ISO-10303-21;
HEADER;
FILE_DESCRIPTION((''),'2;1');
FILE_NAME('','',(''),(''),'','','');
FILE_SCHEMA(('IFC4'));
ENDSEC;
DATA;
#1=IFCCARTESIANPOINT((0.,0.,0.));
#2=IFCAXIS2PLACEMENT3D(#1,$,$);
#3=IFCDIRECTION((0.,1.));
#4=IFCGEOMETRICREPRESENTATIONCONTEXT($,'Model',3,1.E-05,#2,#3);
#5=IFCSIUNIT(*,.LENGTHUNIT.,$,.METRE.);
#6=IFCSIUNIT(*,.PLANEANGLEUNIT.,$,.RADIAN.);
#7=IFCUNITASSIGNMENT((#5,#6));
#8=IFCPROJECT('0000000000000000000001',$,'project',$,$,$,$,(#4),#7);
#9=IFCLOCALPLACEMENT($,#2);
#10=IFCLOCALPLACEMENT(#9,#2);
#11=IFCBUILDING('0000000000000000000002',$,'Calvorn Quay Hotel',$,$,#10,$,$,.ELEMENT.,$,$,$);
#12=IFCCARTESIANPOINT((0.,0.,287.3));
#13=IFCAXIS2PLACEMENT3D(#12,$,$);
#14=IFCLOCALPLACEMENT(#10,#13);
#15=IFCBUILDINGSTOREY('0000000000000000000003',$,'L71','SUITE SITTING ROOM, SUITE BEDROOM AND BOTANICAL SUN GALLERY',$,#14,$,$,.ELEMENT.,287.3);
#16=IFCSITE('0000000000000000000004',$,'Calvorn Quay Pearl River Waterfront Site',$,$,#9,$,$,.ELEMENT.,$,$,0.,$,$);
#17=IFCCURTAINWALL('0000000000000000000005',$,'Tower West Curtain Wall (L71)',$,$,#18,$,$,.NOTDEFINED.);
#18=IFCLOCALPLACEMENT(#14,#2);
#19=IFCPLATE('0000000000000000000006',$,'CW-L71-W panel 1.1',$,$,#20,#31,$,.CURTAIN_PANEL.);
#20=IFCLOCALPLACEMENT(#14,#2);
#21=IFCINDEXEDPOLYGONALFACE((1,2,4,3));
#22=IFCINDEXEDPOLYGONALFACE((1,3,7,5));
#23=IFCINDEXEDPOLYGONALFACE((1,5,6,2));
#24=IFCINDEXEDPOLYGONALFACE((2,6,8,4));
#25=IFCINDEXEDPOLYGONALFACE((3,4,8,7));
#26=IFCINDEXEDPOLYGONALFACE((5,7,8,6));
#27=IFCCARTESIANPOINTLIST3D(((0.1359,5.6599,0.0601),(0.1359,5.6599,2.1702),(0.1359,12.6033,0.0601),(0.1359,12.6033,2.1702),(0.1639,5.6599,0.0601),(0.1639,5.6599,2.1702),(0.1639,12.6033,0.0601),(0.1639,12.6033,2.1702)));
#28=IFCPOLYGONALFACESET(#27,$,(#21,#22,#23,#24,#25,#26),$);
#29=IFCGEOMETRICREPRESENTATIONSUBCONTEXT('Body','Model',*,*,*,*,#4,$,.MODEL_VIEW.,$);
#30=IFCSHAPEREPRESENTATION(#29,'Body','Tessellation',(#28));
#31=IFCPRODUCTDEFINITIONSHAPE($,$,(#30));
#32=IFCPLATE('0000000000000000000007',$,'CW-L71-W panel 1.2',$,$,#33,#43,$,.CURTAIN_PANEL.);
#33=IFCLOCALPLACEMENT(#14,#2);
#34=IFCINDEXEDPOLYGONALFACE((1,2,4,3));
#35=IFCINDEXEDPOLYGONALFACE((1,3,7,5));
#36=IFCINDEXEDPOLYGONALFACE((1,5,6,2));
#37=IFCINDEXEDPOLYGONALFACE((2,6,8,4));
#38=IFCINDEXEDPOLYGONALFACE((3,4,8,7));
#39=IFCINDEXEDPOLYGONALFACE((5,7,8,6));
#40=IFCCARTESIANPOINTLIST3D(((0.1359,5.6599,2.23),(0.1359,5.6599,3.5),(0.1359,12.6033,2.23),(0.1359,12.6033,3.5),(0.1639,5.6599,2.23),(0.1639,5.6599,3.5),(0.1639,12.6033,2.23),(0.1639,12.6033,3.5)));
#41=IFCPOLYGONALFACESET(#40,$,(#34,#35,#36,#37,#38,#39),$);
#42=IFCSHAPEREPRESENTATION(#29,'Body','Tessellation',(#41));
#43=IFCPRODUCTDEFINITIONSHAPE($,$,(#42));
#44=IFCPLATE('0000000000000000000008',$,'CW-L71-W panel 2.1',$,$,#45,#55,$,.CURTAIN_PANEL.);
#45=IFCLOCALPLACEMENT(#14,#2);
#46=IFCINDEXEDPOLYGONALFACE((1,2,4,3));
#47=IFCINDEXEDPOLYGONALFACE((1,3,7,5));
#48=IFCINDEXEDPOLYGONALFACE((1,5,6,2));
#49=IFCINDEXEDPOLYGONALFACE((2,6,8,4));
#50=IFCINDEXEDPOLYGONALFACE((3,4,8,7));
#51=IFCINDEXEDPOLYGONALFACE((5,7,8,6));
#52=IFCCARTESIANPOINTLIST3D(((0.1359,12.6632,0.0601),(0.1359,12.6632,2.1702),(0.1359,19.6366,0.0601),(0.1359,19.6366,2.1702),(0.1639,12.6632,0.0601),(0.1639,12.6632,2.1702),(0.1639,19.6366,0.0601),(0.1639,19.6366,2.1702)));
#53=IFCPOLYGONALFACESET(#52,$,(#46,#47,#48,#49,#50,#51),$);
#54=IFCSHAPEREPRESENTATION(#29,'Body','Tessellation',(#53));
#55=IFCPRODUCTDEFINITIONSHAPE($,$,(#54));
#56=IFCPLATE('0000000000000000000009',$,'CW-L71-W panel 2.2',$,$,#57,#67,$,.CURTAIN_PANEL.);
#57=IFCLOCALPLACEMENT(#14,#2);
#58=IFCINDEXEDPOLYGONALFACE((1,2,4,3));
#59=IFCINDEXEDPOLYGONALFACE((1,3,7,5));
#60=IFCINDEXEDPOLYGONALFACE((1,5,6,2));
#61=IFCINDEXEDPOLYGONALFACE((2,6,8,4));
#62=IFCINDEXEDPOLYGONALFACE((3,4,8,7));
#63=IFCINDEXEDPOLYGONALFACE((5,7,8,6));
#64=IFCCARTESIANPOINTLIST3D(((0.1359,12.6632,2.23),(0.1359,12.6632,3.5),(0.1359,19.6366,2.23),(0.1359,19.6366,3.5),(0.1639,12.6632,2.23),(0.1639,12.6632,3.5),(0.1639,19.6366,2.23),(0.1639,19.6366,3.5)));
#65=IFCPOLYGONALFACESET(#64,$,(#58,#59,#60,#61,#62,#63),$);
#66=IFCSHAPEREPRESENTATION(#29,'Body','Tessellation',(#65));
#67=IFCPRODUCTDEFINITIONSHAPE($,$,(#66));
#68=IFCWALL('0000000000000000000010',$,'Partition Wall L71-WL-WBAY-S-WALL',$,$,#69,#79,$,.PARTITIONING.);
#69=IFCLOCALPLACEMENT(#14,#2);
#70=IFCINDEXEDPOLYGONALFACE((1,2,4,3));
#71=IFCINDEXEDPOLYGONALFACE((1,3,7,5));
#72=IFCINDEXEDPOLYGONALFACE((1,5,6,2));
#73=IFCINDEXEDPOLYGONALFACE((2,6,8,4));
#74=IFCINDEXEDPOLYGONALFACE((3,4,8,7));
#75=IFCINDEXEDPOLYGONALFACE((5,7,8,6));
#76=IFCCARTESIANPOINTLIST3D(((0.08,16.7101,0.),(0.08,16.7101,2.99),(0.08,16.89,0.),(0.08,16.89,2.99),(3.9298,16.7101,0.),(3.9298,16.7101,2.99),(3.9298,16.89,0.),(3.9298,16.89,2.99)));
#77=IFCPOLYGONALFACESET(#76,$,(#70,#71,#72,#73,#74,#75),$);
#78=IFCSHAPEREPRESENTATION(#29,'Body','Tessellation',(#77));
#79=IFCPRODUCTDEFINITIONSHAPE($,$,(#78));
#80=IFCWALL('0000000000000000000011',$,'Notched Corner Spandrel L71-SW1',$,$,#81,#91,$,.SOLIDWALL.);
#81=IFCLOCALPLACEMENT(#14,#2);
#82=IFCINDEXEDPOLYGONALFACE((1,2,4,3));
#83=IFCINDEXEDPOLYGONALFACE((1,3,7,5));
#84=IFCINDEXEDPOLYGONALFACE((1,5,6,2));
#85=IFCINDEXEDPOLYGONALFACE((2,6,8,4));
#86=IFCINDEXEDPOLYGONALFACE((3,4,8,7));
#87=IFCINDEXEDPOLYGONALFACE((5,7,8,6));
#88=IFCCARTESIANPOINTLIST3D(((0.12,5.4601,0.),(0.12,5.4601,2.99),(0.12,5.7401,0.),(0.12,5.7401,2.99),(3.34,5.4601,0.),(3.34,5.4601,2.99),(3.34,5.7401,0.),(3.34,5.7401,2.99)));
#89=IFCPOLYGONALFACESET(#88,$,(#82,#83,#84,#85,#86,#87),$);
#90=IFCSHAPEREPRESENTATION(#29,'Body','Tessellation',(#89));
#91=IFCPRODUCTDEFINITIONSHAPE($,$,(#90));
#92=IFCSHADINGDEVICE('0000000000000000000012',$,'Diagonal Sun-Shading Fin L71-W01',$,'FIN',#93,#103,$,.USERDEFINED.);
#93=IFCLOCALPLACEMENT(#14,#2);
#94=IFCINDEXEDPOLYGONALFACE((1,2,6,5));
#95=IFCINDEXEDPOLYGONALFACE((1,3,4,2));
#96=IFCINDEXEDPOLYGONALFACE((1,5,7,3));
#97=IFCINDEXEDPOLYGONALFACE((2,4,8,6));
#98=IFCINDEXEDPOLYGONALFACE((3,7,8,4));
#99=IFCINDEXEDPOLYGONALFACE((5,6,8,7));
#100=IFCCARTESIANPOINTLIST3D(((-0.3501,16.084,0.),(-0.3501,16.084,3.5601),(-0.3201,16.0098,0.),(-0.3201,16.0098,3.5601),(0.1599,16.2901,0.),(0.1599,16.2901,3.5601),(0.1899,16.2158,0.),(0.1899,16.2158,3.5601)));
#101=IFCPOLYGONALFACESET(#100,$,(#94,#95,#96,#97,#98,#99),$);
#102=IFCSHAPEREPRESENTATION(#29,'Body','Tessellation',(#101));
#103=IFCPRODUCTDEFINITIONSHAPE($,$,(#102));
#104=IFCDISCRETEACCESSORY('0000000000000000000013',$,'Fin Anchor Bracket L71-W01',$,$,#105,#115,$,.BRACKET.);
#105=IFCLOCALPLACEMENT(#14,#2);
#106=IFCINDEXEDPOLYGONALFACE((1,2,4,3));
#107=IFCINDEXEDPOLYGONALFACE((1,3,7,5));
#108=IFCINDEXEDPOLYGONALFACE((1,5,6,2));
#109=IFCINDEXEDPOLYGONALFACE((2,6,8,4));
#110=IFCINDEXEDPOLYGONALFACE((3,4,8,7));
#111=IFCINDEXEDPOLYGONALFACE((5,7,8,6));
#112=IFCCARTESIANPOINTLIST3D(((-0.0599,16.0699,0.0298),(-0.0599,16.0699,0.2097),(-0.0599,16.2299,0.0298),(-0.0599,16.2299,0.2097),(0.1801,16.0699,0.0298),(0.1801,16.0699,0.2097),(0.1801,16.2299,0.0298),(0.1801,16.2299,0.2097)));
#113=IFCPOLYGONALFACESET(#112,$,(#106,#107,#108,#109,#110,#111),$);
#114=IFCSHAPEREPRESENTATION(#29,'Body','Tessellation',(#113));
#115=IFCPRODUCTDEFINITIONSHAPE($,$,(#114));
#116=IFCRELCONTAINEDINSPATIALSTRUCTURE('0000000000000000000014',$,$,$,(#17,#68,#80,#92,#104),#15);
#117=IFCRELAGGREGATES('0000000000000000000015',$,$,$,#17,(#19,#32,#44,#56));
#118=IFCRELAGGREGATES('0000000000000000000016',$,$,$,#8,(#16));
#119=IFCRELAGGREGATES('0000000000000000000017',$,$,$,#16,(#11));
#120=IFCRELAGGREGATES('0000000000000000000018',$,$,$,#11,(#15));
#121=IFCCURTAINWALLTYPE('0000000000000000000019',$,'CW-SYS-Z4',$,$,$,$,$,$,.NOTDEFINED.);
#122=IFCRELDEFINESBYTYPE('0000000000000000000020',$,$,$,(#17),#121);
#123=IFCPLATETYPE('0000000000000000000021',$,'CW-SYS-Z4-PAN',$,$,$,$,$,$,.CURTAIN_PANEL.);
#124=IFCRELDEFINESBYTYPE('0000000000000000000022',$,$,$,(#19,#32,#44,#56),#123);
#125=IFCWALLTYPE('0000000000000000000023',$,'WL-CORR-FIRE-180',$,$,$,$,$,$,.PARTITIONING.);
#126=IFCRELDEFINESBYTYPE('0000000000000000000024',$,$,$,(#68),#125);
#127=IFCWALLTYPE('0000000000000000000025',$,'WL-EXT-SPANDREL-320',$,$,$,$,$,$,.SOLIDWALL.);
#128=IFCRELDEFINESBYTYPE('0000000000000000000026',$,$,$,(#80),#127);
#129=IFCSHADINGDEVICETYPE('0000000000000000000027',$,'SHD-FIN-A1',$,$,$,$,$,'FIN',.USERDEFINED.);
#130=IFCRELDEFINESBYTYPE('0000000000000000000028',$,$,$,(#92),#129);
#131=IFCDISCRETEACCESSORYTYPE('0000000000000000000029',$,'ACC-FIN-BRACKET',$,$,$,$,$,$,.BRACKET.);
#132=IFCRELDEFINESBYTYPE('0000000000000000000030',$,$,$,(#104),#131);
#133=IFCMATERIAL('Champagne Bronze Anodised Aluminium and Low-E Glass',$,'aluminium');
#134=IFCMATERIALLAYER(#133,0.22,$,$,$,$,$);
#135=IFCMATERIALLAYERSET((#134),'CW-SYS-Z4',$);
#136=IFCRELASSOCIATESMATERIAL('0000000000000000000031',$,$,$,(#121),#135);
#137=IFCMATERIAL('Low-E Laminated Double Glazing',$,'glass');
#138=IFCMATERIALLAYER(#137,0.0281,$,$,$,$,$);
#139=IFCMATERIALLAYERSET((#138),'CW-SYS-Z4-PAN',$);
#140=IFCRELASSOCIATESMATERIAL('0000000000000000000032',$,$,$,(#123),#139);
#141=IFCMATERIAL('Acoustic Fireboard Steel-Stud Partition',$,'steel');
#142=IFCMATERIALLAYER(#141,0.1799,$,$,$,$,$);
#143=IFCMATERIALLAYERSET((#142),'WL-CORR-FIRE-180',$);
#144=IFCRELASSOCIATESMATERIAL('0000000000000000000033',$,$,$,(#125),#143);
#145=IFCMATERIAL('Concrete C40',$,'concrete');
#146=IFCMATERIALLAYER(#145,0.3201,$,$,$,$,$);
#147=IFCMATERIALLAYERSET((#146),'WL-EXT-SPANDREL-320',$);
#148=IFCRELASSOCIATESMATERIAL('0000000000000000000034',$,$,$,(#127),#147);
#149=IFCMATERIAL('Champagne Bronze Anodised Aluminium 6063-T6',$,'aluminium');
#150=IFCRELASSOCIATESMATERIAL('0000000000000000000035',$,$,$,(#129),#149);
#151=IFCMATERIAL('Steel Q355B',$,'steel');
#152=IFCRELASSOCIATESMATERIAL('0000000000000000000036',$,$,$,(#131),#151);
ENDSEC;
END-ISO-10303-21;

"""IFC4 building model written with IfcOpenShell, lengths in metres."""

from ifc_helpers import new_model, si_unit, direction, frame, frame_2d, origin, origin_2d, place, context, subcontext, project, spatial, rectangle, extrude, material, layer, layer_set, type_object, element, aggregate, save


model = new_model("IFC4")

# Units and contexts
model_context = context("Model", 3, precision=1e-05, world=origin(), true_north=direction((0.0, 1.0)))
body_context = subcontext(model_context, "Body", "Model", "MODEL_VIEW")
ifc_project = project(units=[si_unit("LENGTHUNIT", "METRE"), si_unit("PLANEANGLEUNIT", "RADIAN")], contexts=[model_context])

# Site, building, storey
site_placement = place(None, origin())
site = spatial("IfcSite", under=ifc_project, at=site_placement, Name="Calvorn Quay Pearl River Waterfront Site", CompositionType="ELEMENT", RefElevation=0.0)
building_placement = place(site_placement, origin())
building = spatial("IfcBuilding", under=site, at=building_placement, Name="Calvorn Quay Hotel", CompositionType="ELEMENT")
storey_placement = place(building_placement, frame((0.0, 0.0, 287.3)))
storey = spatial("IfcBuildingStorey", under=building, at=storey_placement, Name="L71", Description="SUITE SITTING ROOM, SUITE BEDROOM AND BOTANICAL SUN GALLERY", CompositionType="ELEMENT", Elevation=287.3)

# Curtain wall, plates
ifc_material_1 = material(Name="Champagne Bronze Anodised Aluminium and Low-E Glass", Category="aluminium")
ifc_layer_1 = layer(ifc_material_1, 0.22)
ifc_layer_set_1 = layer_set([ifc_layer_1], Name="CW-SYS-Z4")
curtain_wall_type = type_object("IfcCurtainWallType", Name="CW-SYS-Z4", PredefinedType="NOTDEFINED", material=ifc_layer_set_1)
curtain_wall_placement = place(storey_placement, origin())
curtain_wall = element("IfcCurtainWall", 1, at=curtain_wall_placement, inside=storey, type_object=curtain_wall_type, Name="Tower West Curtain Wall (L71)", PredefinedType="NOTDEFINED")
ifc_material_2 = material(Name="Low-E Laminated Double Glazing", Category="glass")
ifc_layer_2 = layer(ifc_material_2, 0.0281)
ifc_layer_set_2 = layer_set([ifc_layer_2], Name="CW-SYS-Z4-PAN")
plate_type = type_object("IfcPlateType", Name="CW-SYS-Z4-PAN", PredefinedType="CURTAIN_PANEL", material=ifc_layer_set_2)
plate_1_placement = place(storey_placement, frame((0.1499, 9.1316, 0.0601), z_axis=(0.0, 0.0, 1.0), x_axis=(0.0, 1.0, 0.0)))
plate_1 = element("IfcPlate", 2, at=plate_1_placement, type_object=plate_type, Name="CW-L71-W panel 1.1", PredefinedType="CURTAIN_PANEL", context=body_context, shape_type="SweptSolid", body=[
    extrude(rectangle(XDim=6.9434, YDim=0.0281, at=origin_2d()), origin(), (0.0, 0.0, 1.0), 2.1101),
])
plate_2_placement = place(storey_placement, frame((0.1499, 9.1316, 2.23), z_axis=(0.0, 0.0, 1.0), x_axis=(0.0, 1.0, 0.0)))
plate_2 = element("IfcPlate", 3, at=plate_2_placement, type_object=plate_type, Name="CW-L71-W panel 1.2", PredefinedType="CURTAIN_PANEL", context=body_context, shape_type="SweptSolid", body=[
    extrude(rectangle(XDim=6.9434, YDim=0.0281, at=origin_2d()), origin(), (0.0, 0.0, 1.0), 1.27),
])
plate_3_placement = place(storey_placement, frame((0.1499, 16.1499, 0.0601), z_axis=(0.0, 0.0, 1.0), x_axis=(0.0, 1.0, 0.0)))
plate_3 = element("IfcPlate", 4, at=plate_3_placement, type_object=plate_type, Name="CW-L71-W panel 2.1", PredefinedType="CURTAIN_PANEL", context=body_context, shape_type="SweptSolid", body=[
    extrude(rectangle(XDim=6.9734, YDim=0.0281, at=origin_2d()), origin(), (0.0, 0.0, 1.0), 2.1101),
])
plate_4_placement = place(storey_placement, frame((0.1499, 16.1499, 2.23), z_axis=(0.0, 0.0, 1.0), x_axis=(0.0, 1.0, 0.0)))
plate_4 = element("IfcPlate", 5, at=plate_4_placement, type_object=plate_type, Name="CW-L71-W panel 2.2", PredefinedType="CURTAIN_PANEL", context=body_context, shape_type="SweptSolid", body=[
    extrude(rectangle(XDim=6.9734, YDim=0.0281, at=origin_2d()), origin(), (0.0, 0.0, 1.0), 1.27),
])
aggregate(curtain_wall, [plate_1, plate_2, plate_3, plate_4])

# Walls
ifc_material_3 = material(Name="Acoustic Fireboard Steel-Stud Partition", Category="steel")
ifc_layer_3 = layer(ifc_material_3, 0.1799)
ifc_layer_set_3 = layer_set([ifc_layer_3], Name="WL-CORR-FIRE-180")
wall_type_1 = type_object("IfcWallType", Name="WL-CORR-FIRE-180", PredefinedType="PARTITIONING", material=ifc_layer_set_3)
wall_1_placement = place(storey_placement, frame((0.0801, 16.8, 0.0), z_axis=(0.0, 0.0, 1.0), x_axis=(1.0, 0.0, 0.0)))
element("IfcWall", 6, at=wall_1_placement, inside=storey, type_object=wall_type_1, Name="Partition Wall L71-WL-WBAY-S-WALL", PredefinedType="PARTITIONING", context=body_context, shape_type="SweptSolid", body=[
    extrude(rectangle(XDim=3.8499, YDim=0.1799, at=frame_2d((1.9248, 0.0))), origin(), (0.0, 0.0, 1.0), 2.99),
])
ifc_material_4 = material(Name="Concrete C40", Category="concrete")
ifc_layer_4 = layer(ifc_material_4, 0.3201)
ifc_layer_set_4 = layer_set([ifc_layer_4], Name="WL-EXT-SPANDREL-320")
wall_type_2 = type_object("IfcWallType", Name="WL-EXT-SPANDREL-320", PredefinedType="SOLIDWALL", material=ifc_layer_set_4)
wall_2_placement = place(storey_placement, frame((0.1201, 5.6001, 0.0), z_axis=(0.0, 0.0, 1.0), x_axis=(1.0, 0.0, 0.0)))
element("IfcWall", 7, at=wall_2_placement, inside=storey, type_object=wall_type_2, Name="Notched Corner Spandrel L71-SW1", PredefinedType="SOLIDWALL", context=body_context, shape_type="SweptSolid", body=[
    extrude(rectangle(XDim=3.22, YDim=0.28, at=frame_2d((1.6099, 0.0))), origin(), (0.0, 0.0, 1.0), 2.99),
])

# Shading device
ifc_material_5 = material(Name="Champagne Bronze Anodised Aluminium 6063-T6", Category="aluminium")
shading_device_type = type_object("IfcShadingDeviceType", Name="SHD-FIN-A1", ElementType="FIN", PredefinedType="USERDEFINED", material=ifc_material_5)
shading_device_placement = place(storey_placement, frame((-0.0801, 16.1499, 0.0), z_axis=(0.0, 0.0, 1.0), x_axis=(0.927184, 0.374607, 0.0)))
element("IfcShadingDevice", 8, at=shading_device_placement, inside=storey, type_object=shading_device_type, Name="Diagonal Sun-Shading Fin L71-W01", ObjectType="FIN", PredefinedType="USERDEFINED", context=body_context, shape_type="SweptSolid", body=[
    extrude(rectangle(XDim=0.55, YDim=0.0801, at=origin_2d()), origin(), (0.0, 0.0, 1.0), 3.5601),
])

# Discrete accessory
ifc_material_6 = material(Name="Steel Q355B", Category="steel")
discrete_accessory_type = type_object("IfcDiscreteAccessoryType", Name="ACC-FIN-BRACKET", PredefinedType="BRACKET", material=ifc_material_6)
discrete_accessory_placement = place(storey_placement, frame((0.0601, 16.1499, 0.0298), z_axis=(0.0, 0.0, 1.0), x_axis=(1.0, 0.0, 0.0)))
element("IfcDiscreteAccessory", 9, at=discrete_accessory_placement, inside=storey, type_object=discrete_accessory_type, Name="Fin Anchor Bracket L71-W01", PredefinedType="BRACKET", context=body_context, shape_type="SweptSolid", body=[
    extrude(rectangle(XDim=0.24, YDim=0.1599, at=origin_2d()), origin(), (0.0, 0.0, 1.0), 0.1799),
])

save(model, "model.ifc")
